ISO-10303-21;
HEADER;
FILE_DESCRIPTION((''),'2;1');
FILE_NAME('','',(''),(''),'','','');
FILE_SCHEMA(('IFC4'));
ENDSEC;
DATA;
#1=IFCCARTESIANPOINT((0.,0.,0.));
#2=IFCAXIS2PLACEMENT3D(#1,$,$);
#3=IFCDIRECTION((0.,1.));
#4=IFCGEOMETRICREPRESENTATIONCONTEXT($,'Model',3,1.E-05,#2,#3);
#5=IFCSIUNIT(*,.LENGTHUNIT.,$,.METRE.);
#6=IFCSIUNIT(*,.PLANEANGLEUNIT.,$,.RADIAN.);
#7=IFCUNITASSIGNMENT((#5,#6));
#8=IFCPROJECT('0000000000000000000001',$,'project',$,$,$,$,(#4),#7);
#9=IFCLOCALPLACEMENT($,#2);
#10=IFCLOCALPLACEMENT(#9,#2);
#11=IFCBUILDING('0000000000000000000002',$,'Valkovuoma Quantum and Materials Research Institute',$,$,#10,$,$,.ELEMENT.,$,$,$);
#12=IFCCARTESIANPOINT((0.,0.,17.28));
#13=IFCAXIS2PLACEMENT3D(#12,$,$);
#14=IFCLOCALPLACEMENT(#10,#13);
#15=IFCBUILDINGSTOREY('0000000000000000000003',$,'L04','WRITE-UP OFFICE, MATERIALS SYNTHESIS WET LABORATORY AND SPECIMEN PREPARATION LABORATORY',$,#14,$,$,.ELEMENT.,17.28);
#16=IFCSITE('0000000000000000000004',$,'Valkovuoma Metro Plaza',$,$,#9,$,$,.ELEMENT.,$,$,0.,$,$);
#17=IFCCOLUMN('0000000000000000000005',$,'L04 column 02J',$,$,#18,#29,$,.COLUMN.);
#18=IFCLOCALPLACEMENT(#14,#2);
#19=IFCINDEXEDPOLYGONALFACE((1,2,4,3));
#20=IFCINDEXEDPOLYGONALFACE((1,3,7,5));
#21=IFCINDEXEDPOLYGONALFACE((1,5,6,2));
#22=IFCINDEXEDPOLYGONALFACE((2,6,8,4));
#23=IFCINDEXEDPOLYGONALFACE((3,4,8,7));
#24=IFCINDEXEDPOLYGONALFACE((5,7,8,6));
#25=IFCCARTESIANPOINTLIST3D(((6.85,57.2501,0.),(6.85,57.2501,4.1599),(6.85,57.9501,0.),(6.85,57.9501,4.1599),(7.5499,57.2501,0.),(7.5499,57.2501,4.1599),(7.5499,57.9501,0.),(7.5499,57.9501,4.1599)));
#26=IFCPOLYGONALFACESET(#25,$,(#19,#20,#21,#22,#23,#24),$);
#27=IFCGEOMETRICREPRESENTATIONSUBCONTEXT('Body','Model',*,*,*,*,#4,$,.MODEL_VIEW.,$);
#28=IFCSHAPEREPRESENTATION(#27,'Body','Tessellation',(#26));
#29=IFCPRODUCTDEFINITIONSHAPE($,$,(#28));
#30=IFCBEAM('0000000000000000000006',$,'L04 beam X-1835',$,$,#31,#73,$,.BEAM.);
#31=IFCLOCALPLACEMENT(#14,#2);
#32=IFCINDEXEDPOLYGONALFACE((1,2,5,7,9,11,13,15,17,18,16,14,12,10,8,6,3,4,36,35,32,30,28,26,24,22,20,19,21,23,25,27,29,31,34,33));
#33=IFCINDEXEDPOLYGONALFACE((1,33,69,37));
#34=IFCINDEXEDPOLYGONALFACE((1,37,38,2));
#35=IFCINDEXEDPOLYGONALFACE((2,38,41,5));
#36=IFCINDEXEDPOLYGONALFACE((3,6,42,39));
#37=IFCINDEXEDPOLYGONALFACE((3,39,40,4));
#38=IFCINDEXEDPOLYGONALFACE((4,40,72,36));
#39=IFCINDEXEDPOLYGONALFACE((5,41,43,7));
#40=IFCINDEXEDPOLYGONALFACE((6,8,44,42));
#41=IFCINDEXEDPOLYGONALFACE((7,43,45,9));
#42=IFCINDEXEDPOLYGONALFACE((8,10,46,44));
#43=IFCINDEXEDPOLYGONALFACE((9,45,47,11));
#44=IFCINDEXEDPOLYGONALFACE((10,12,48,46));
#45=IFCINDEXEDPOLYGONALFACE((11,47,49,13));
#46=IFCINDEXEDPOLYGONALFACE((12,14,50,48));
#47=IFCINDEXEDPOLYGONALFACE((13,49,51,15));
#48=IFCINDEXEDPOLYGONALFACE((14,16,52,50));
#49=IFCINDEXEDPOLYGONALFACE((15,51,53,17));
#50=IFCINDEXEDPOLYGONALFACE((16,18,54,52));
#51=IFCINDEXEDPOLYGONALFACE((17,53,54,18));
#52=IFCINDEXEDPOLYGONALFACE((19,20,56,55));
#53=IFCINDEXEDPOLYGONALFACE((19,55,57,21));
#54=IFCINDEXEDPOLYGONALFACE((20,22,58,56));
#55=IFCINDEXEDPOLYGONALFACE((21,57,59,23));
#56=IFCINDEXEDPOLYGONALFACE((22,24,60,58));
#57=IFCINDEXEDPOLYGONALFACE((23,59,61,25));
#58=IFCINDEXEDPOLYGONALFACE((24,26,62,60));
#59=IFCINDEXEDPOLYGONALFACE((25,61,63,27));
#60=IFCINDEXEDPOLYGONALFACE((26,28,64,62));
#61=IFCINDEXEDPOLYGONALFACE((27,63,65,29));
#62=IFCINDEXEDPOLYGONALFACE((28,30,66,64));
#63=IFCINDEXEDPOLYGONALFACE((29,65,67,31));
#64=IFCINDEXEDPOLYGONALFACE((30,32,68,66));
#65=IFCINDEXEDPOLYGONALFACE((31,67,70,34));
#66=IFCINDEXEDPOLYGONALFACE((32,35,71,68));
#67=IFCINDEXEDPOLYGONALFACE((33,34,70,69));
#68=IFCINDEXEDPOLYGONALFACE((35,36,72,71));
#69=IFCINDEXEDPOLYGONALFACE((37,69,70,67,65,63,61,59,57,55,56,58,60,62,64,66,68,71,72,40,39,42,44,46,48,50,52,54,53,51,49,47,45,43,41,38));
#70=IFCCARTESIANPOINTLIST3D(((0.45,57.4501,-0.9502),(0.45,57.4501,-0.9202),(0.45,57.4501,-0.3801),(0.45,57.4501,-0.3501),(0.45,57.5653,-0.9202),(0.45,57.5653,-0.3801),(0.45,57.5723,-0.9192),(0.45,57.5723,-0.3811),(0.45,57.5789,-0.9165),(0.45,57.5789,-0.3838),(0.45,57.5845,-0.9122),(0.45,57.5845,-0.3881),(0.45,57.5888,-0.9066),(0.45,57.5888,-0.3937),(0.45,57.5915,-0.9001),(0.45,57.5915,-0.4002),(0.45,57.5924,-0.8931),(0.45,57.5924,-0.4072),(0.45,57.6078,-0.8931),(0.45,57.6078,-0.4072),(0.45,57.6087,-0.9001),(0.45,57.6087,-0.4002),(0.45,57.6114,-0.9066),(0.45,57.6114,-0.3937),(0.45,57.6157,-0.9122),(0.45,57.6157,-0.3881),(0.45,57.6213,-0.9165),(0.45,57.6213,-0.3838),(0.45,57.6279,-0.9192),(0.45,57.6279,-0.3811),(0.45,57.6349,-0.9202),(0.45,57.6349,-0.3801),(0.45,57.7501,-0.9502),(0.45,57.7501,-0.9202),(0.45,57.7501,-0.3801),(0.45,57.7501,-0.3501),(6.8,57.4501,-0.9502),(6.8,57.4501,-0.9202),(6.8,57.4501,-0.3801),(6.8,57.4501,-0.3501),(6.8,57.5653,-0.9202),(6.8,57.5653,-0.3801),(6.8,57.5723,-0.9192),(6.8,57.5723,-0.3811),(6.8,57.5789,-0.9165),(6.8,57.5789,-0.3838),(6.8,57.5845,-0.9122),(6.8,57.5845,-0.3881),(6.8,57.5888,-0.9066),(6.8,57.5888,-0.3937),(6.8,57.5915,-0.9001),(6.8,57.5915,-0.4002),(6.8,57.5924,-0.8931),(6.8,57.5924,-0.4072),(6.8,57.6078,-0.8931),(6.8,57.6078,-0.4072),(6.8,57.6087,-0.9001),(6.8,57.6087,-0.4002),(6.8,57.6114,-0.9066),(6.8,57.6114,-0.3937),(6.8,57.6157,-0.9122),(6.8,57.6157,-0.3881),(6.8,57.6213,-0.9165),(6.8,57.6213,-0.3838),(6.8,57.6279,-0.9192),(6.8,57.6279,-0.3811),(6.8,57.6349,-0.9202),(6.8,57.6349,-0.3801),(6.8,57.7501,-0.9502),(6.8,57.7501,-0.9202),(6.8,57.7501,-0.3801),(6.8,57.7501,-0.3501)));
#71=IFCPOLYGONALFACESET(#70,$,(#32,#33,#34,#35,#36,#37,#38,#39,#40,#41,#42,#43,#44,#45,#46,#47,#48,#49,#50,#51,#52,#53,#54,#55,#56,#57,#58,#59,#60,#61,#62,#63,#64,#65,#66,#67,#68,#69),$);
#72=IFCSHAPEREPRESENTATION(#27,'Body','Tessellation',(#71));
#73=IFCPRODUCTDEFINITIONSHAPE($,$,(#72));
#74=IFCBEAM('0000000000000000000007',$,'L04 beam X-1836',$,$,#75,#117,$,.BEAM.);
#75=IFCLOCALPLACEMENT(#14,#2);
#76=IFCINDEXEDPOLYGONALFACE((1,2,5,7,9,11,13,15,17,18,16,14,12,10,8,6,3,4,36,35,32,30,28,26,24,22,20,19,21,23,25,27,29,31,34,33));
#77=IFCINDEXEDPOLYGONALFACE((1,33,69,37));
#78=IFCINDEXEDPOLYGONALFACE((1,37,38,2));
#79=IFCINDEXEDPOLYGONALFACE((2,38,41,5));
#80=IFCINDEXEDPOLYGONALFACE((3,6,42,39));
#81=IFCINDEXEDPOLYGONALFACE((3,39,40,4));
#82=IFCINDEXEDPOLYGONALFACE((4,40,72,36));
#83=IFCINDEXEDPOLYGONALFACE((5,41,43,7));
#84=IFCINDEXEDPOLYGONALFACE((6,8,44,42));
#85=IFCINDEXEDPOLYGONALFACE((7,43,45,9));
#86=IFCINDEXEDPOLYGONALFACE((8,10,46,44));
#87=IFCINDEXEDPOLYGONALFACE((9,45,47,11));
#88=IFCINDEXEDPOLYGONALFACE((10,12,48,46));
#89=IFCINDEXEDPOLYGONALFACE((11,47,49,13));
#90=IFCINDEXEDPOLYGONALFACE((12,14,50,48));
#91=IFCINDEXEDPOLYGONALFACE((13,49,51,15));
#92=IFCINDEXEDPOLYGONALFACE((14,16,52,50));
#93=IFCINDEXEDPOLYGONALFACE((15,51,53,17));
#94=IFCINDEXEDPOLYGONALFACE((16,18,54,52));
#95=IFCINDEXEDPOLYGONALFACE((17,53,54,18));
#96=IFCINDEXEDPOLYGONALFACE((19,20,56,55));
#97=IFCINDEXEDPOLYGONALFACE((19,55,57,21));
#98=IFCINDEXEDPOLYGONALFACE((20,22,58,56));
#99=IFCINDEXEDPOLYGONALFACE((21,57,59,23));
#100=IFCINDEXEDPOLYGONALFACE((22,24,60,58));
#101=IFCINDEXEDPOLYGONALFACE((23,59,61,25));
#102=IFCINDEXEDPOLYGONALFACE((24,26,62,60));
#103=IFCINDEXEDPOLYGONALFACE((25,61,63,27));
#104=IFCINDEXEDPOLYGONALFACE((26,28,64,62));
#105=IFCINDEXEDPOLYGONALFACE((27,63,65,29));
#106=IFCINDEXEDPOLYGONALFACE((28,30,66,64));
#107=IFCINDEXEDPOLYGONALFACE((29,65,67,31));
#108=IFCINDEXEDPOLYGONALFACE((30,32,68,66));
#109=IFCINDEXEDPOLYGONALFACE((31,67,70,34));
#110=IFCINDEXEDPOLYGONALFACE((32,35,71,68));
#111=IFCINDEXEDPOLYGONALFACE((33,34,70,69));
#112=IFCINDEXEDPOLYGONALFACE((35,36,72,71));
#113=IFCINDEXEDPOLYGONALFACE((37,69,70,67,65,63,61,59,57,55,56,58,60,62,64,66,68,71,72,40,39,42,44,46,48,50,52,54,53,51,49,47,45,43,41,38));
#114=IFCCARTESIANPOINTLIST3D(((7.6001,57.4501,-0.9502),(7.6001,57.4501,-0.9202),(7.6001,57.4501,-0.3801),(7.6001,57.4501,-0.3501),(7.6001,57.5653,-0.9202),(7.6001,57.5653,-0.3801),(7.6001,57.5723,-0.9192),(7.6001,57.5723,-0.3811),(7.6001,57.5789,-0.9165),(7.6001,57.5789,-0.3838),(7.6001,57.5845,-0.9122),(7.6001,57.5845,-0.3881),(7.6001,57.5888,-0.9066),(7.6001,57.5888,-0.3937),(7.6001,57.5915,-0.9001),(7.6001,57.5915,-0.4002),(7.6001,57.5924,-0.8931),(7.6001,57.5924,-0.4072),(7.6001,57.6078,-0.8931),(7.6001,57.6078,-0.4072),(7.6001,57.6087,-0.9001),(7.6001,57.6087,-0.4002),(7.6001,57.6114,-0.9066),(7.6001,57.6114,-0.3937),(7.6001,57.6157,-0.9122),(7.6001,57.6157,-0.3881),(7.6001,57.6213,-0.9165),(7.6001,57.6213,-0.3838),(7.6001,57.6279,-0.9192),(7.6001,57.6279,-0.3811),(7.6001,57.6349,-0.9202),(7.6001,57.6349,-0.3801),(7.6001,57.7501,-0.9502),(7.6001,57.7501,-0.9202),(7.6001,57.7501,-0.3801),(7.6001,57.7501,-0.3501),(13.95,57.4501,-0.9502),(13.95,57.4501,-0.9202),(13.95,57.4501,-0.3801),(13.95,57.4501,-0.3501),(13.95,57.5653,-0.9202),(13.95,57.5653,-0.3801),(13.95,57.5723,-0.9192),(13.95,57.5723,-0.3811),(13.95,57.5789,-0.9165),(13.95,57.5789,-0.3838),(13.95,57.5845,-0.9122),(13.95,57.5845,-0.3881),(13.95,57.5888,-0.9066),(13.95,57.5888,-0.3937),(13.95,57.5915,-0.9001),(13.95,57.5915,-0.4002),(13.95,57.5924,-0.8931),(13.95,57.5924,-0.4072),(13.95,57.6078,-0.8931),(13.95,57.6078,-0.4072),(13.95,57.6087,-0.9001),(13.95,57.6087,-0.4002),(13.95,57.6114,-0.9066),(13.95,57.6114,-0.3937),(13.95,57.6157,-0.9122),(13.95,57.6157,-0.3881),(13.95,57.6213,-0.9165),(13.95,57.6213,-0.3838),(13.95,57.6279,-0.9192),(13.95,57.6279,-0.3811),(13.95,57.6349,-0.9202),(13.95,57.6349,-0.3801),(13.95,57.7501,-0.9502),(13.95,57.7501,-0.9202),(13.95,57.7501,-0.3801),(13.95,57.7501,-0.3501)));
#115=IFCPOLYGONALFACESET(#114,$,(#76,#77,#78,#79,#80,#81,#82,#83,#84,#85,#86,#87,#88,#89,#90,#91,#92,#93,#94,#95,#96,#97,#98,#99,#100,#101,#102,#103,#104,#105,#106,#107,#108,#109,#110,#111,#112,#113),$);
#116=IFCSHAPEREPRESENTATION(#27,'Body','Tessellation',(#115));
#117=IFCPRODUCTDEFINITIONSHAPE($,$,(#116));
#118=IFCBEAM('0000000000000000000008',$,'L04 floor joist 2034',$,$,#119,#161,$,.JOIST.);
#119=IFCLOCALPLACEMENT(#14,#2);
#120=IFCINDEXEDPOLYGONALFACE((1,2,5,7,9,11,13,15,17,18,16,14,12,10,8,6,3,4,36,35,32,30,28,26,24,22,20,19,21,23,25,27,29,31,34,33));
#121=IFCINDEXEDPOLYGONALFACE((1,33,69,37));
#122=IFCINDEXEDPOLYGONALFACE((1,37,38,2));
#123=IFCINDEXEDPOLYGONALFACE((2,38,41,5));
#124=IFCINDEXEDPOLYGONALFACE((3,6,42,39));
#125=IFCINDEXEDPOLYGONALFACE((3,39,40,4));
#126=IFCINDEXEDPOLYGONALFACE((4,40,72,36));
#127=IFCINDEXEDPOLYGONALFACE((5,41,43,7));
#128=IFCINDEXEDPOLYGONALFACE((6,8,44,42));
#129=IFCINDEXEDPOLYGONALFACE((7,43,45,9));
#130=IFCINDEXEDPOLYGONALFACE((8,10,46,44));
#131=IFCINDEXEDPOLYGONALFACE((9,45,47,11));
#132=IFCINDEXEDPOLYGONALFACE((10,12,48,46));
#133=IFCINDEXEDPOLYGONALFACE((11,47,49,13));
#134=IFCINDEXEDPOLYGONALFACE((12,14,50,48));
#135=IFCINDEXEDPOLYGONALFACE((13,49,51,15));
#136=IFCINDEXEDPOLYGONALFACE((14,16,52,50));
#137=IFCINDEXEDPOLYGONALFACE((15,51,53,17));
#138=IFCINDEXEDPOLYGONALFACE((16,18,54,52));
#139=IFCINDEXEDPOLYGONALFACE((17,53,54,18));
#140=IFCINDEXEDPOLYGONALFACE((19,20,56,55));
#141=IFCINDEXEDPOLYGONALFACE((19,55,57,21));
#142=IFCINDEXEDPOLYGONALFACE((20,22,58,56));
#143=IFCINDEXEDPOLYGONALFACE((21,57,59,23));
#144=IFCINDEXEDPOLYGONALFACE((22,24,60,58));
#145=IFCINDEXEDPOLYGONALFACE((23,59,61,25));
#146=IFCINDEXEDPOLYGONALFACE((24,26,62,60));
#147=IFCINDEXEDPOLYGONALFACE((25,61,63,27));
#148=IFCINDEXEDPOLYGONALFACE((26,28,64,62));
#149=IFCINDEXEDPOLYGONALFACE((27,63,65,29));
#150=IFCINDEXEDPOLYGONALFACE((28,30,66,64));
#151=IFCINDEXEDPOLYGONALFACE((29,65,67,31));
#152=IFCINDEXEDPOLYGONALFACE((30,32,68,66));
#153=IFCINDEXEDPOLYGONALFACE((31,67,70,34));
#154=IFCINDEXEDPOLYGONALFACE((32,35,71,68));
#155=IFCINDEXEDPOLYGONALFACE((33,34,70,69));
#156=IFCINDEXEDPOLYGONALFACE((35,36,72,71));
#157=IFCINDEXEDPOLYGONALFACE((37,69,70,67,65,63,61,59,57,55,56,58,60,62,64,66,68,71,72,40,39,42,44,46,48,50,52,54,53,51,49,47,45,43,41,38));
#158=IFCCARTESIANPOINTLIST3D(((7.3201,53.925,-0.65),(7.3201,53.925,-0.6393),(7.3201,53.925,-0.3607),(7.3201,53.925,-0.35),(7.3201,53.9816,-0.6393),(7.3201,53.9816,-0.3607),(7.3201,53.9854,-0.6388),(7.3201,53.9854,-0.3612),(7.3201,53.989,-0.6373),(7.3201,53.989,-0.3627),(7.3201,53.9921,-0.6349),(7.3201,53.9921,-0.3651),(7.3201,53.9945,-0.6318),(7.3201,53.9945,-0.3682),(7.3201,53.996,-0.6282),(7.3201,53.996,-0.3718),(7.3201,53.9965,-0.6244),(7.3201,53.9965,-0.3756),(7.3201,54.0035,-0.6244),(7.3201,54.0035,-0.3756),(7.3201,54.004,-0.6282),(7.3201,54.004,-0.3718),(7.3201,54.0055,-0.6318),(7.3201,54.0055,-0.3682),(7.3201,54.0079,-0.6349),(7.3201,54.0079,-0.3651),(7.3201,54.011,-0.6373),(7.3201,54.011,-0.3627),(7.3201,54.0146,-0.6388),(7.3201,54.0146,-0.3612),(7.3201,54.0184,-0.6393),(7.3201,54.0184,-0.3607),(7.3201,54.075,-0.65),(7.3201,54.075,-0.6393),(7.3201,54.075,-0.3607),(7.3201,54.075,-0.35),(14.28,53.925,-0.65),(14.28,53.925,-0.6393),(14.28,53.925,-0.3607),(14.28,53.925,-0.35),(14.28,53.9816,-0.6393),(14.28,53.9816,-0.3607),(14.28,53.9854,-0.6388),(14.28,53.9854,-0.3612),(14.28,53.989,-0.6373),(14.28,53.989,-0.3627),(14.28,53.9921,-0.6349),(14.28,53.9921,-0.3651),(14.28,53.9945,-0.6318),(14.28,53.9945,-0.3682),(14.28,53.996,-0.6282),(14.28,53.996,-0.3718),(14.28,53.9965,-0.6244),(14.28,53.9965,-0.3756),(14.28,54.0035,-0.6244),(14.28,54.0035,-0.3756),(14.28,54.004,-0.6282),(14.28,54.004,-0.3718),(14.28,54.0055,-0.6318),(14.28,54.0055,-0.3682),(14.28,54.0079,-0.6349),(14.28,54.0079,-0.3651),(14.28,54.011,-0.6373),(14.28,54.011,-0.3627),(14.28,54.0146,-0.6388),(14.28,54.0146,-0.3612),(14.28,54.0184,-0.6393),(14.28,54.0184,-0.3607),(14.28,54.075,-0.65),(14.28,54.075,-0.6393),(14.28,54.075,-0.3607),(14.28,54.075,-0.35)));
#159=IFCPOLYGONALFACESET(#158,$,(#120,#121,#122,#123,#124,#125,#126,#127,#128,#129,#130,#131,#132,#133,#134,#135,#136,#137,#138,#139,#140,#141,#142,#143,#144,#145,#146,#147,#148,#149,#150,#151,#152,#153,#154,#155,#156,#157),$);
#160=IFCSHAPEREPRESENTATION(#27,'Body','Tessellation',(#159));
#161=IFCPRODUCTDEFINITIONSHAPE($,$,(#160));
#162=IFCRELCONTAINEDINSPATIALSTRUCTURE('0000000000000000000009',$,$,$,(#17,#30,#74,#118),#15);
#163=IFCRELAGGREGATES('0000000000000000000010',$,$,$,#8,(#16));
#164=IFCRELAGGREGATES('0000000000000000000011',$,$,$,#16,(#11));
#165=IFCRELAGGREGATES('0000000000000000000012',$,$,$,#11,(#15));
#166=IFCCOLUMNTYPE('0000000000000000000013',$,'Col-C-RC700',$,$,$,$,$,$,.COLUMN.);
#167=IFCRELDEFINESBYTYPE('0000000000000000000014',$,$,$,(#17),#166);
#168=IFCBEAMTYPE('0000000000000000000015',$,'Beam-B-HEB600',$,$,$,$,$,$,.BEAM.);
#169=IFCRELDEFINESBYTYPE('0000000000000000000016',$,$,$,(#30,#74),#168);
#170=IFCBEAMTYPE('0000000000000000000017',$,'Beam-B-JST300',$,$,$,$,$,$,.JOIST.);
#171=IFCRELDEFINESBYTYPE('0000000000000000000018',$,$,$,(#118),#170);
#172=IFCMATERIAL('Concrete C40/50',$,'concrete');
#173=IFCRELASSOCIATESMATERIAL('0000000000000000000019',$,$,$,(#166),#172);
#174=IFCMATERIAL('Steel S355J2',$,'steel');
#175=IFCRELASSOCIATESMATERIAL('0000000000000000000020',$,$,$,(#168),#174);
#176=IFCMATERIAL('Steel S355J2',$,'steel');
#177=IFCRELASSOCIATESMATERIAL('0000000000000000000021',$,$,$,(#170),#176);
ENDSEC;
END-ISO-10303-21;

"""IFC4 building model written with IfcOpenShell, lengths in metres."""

from ifc_helpers import new_model, si_unit, direction, frame, origin, origin_2d, place, context, subcontext, project, spatial, rectangle, i_section, extrude, material, material_profile, profile_set, type_object, element, save


model = new_model("IFC4")

# Units and contexts
model_context = context("Model", 3, precision=1e-05, world=origin(), true_north=direction((0.0, 1.0)))
body_context = subcontext(model_context, "Body", "Model", "MODEL_VIEW")
ifc_project = project(units=[si_unit("LENGTHUNIT", "METRE"), si_unit("PLANEANGLEUNIT", "RADIAN")], contexts=[model_context])

# Site, building, storey
site_placement = place(None, origin())
site = spatial("IfcSite", under=ifc_project, at=site_placement, Name="Valkovuoma Metro Plaza", CompositionType="ELEMENT", RefElevation=0.0)
building_placement = place(site_placement, origin())
building = spatial("IfcBuilding", under=site, at=building_placement, Name="Valkovuoma Quantum and Materials Research Institute", CompositionType="ELEMENT")
storey_placement = place(building_placement, frame((0.0, 0.0, 17.28)))
storey = spatial("IfcBuildingStorey", under=building, at=storey_placement, Name="L04", Description="WRITE-UP OFFICE, MATERIALS SYNTHESIS WET LABORATORY AND SPECIMEN PREPARATION LABORATORY", CompositionType="ELEMENT", Elevation=17.28)

# Column
ifc_material_1 = material(Name="Concrete C40/50", Category="concrete")
ifc_material_profile_1 = material_profile(ifc_material_1, rectangle(XDim=0.7, YDim=0.7, at=origin_2d()), Name="Concrete C40/50")
ifc_profile_set_1 = profile_set([ifc_material_profile_1], Name="Concrete C40/50")
column_type = type_object("IfcColumnType", Name="Col-C-RC700", PredefinedType="COLUMN", material=ifc_profile_set_1)
column_placement = place(storey_placement, frame((7.2, 57.6001, 0.0), z_axis=(0.0, 0.0, 1.0), x_axis=(1.0, 0.0, 0.0)))
element("IfcColumn", 1, at=column_placement, inside=storey, type_object=column_type, Name="L04 column 02J", PredefinedType="COLUMN", context=body_context, shape_type="SweptSolid", body=[
    extrude(rectangle(XDim=0.7, YDim=0.7, at=origin_2d()), origin(), (0.0, 0.0, 1.0), 4.1599),
])

# Beams
ifc_material_2 = material(Name="Steel S355J2", Category="steel")
ifc_material_profile_2 = material_profile(ifc_material_2, i_section(OverallWidth=0.3, OverallDepth=0.6001, WebThickness=0.0154, FlangeThickness=0.03, FilletRadius=0.0271, at=origin_2d()), Name="Steel S355J2")
ifc_profile_set_2 = profile_set([ifc_material_profile_2], Name="Steel S355J2")
beam_type_1 = type_object("IfcBeamType", Name="Beam-B-HEB600", PredefinedType="BEAM", material=ifc_profile_set_2)
beam_1_placement = place(storey_placement, frame((0.45, 57.6001, -0.6501), z_axis=(1.0, 0.0, 0.0), x_axis=(0.0, 1.0, 0.0)))
element("IfcBeam", 2, at=beam_1_placement, inside=storey, type_object=beam_type_1, Name="L04 beam X-1835", PredefinedType="BEAM", context=body_context, shape_type="SweptSolid", body=[
    extrude(i_section(OverallWidth=0.3, OverallDepth=0.6001, WebThickness=0.0154, FlangeThickness=0.03, FilletRadius=0.0271, at=origin_2d()), origin(), (0.0, 0.0, 1.0), 6.3501),
])
beam_2_placement = place(storey_placement, frame((7.6001, 57.6001, -0.6501), z_axis=(1.0, 0.0, 0.0), x_axis=(0.0, 1.0, 0.0)))
element("IfcBeam", 3, at=beam_2_placement, inside=storey, type_object=beam_type_1, Name="L04 beam X-1836", PredefinedType="BEAM", context=body_context, shape_type="SweptSolid", body=[
    extrude(i_section(OverallWidth=0.3, OverallDepth=0.6001, WebThickness=0.0154, FlangeThickness=0.03, FilletRadius=0.0271, at=origin_2d()), origin(), (0.0, 0.0, 1.0), 6.3499),
])
ifc_material_3 = material(Name="Steel S355J2", Category="steel")
ifc_material_profile_3 = material_profile(ifc_material_3, i_section(OverallWidth=0.1499, OverallDepth=0.3, WebThickness=0.0071, FlangeThickness=0.0107, FilletRadius=0.0149, at=origin_2d()), Name="Steel S355J2")
ifc_profile_set_3 = profile_set([ifc_material_profile_3], Name="Steel S355J2")
beam_type_2 = type_object("IfcBeamType", Name="Beam-B-JST300", PredefinedType="JOIST", material=ifc_profile_set_3)
for number, where, z_axis, x_axis, name in (
    (4, (7.3201, 54.0, -0.5), (1.0, 0.0, 0.0), (0.0, 1.0, 0.0), "L04 floor joist 2034"),
):
    element("IfcBeam", number, at=place(storey_placement, frame(where, z_axis=z_axis, x_axis=x_axis)), inside=storey, type_object=beam_type_2, Name=name, PredefinedType="JOIST", context=body_context, shape_type="SweptSolid", body=[
        extrude(i_section(OverallWidth=0.1499, OverallDepth=0.3, WebThickness=0.0071, FlangeThickness=0.0107, FilletRadius=0.0149, at=origin_2d()), origin(), (0.0, 0.0, 1.0), 6.96),
    ])

save(model, "model.ifc")
